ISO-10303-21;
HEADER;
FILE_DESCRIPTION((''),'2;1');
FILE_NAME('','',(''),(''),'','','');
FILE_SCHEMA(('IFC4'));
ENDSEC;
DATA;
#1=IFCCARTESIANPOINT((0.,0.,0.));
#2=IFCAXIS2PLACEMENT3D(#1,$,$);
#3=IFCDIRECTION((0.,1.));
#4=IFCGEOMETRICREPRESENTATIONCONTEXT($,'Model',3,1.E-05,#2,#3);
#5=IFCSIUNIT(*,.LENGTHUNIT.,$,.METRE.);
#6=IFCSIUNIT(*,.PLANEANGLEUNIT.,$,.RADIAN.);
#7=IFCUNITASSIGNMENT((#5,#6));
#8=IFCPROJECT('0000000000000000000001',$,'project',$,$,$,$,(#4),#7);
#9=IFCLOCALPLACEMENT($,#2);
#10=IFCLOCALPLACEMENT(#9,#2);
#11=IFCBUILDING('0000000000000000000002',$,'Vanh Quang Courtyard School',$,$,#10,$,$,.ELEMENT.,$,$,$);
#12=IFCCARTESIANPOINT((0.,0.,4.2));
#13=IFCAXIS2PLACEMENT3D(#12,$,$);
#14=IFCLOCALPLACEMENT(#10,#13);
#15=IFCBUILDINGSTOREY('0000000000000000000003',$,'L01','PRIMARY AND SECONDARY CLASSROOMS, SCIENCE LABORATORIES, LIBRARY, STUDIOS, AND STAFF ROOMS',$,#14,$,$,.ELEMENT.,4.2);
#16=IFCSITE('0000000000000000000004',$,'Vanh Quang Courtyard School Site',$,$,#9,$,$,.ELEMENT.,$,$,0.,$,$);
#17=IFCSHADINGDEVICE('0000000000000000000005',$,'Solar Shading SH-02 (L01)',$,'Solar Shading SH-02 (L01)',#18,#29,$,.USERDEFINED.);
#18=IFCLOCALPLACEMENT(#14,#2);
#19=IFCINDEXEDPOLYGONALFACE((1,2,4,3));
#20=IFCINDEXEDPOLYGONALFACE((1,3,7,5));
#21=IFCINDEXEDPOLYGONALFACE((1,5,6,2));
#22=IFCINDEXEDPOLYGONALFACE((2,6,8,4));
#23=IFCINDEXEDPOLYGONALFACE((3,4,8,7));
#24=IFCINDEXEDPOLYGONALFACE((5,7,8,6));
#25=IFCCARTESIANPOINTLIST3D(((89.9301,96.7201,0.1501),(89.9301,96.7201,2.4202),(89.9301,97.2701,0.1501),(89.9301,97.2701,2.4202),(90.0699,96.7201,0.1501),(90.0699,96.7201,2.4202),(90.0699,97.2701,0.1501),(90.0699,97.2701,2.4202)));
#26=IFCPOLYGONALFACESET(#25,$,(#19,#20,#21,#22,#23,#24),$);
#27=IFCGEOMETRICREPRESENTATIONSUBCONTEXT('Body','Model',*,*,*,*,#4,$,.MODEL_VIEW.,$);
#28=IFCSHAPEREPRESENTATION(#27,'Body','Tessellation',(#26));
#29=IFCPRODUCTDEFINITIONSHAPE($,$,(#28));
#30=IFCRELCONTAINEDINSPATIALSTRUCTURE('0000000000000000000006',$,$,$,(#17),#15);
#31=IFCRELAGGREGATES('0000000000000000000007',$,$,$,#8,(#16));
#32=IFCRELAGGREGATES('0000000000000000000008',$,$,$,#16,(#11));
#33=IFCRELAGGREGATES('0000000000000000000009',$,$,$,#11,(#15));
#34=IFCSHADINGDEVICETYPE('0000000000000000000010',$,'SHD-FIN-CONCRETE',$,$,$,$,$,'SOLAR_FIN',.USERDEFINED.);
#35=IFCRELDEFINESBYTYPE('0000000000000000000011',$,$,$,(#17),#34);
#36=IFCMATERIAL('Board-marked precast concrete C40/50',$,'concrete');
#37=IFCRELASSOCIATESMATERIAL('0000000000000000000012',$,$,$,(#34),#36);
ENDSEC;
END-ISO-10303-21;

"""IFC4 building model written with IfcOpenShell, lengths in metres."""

from ifc_helpers import new_model, si_unit, direction, frame, origin, origin_2d, place, context, subcontext, project, spatial, rectangle, extrude, material, type_object, element, save


model = new_model("IFC4")

# Units and contexts
model_context = context("Model", 3, precision=1e-05, world=origin(), true_north=direction((0.0, 1.0)))
body_context = subcontext(model_context, "Body", "Model", "MODEL_VIEW")
ifc_project = project(units=[si_unit("LENGTHUNIT", "METRE"), si_unit("PLANEANGLEUNIT", "RADIAN")], contexts=[model_context])

# Site, building, storey
site_placement = place(None, origin())
site = spatial("IfcSite", under=ifc_project, at=site_placement, Name="Vanh Quang Courtyard School Site", CompositionType="ELEMENT", RefElevation=0.0)
building_placement = place(site_placement, origin())
building = spatial("IfcBuilding", under=site, at=building_placement, Name="Vanh Quang Courtyard School", CompositionType="ELEMENT")
storey_placement = place(building_placement, frame((0.0, 0.0, 4.2)))
storey = spatial("IfcBuildingStorey", under=building, at=storey_placement, Name="L01", Description="PRIMARY AND SECONDARY CLASSROOMS, SCIENCE LABORATORIES, LIBRARY, STUDIOS, AND STAFF ROOMS", CompositionType="ELEMENT", Elevation=4.2)

# Shared definitions
ifc_material_1 = material(Name="Board-marked precast concrete C40/50", Category="concrete")

# Shading device
shading_device_type = type_object("IfcShadingDeviceType", Name="SHD-FIN-CONCRETE", ElementType="SOLAR_FIN", PredefinedType="USERDEFINED", material=ifc_material_1)
shading_device_placement = place(storey_placement, frame((90.0, 96.9951, 0.1501), z_axis=(0.0, 0.0, 1.0), x_axis=(1.0, 0.0, 0.0)))
element("IfcShadingDevice", 1, at=shading_device_placement, inside=storey, type_object=shading_device_type, Name="Solar Shading SH-02 (L01)", ObjectType="Solar Shading SH-02 (L01)", PredefinedType="USERDEFINED", context=body_context, shape_type="SweptSolid", body=[
    extrude(rectangle(XDim=0.1399, YDim=0.55, at=origin_2d()), origin(), (0.0, 0.0, 1.0), 2.27),
])

save(model, "model.ifc")
